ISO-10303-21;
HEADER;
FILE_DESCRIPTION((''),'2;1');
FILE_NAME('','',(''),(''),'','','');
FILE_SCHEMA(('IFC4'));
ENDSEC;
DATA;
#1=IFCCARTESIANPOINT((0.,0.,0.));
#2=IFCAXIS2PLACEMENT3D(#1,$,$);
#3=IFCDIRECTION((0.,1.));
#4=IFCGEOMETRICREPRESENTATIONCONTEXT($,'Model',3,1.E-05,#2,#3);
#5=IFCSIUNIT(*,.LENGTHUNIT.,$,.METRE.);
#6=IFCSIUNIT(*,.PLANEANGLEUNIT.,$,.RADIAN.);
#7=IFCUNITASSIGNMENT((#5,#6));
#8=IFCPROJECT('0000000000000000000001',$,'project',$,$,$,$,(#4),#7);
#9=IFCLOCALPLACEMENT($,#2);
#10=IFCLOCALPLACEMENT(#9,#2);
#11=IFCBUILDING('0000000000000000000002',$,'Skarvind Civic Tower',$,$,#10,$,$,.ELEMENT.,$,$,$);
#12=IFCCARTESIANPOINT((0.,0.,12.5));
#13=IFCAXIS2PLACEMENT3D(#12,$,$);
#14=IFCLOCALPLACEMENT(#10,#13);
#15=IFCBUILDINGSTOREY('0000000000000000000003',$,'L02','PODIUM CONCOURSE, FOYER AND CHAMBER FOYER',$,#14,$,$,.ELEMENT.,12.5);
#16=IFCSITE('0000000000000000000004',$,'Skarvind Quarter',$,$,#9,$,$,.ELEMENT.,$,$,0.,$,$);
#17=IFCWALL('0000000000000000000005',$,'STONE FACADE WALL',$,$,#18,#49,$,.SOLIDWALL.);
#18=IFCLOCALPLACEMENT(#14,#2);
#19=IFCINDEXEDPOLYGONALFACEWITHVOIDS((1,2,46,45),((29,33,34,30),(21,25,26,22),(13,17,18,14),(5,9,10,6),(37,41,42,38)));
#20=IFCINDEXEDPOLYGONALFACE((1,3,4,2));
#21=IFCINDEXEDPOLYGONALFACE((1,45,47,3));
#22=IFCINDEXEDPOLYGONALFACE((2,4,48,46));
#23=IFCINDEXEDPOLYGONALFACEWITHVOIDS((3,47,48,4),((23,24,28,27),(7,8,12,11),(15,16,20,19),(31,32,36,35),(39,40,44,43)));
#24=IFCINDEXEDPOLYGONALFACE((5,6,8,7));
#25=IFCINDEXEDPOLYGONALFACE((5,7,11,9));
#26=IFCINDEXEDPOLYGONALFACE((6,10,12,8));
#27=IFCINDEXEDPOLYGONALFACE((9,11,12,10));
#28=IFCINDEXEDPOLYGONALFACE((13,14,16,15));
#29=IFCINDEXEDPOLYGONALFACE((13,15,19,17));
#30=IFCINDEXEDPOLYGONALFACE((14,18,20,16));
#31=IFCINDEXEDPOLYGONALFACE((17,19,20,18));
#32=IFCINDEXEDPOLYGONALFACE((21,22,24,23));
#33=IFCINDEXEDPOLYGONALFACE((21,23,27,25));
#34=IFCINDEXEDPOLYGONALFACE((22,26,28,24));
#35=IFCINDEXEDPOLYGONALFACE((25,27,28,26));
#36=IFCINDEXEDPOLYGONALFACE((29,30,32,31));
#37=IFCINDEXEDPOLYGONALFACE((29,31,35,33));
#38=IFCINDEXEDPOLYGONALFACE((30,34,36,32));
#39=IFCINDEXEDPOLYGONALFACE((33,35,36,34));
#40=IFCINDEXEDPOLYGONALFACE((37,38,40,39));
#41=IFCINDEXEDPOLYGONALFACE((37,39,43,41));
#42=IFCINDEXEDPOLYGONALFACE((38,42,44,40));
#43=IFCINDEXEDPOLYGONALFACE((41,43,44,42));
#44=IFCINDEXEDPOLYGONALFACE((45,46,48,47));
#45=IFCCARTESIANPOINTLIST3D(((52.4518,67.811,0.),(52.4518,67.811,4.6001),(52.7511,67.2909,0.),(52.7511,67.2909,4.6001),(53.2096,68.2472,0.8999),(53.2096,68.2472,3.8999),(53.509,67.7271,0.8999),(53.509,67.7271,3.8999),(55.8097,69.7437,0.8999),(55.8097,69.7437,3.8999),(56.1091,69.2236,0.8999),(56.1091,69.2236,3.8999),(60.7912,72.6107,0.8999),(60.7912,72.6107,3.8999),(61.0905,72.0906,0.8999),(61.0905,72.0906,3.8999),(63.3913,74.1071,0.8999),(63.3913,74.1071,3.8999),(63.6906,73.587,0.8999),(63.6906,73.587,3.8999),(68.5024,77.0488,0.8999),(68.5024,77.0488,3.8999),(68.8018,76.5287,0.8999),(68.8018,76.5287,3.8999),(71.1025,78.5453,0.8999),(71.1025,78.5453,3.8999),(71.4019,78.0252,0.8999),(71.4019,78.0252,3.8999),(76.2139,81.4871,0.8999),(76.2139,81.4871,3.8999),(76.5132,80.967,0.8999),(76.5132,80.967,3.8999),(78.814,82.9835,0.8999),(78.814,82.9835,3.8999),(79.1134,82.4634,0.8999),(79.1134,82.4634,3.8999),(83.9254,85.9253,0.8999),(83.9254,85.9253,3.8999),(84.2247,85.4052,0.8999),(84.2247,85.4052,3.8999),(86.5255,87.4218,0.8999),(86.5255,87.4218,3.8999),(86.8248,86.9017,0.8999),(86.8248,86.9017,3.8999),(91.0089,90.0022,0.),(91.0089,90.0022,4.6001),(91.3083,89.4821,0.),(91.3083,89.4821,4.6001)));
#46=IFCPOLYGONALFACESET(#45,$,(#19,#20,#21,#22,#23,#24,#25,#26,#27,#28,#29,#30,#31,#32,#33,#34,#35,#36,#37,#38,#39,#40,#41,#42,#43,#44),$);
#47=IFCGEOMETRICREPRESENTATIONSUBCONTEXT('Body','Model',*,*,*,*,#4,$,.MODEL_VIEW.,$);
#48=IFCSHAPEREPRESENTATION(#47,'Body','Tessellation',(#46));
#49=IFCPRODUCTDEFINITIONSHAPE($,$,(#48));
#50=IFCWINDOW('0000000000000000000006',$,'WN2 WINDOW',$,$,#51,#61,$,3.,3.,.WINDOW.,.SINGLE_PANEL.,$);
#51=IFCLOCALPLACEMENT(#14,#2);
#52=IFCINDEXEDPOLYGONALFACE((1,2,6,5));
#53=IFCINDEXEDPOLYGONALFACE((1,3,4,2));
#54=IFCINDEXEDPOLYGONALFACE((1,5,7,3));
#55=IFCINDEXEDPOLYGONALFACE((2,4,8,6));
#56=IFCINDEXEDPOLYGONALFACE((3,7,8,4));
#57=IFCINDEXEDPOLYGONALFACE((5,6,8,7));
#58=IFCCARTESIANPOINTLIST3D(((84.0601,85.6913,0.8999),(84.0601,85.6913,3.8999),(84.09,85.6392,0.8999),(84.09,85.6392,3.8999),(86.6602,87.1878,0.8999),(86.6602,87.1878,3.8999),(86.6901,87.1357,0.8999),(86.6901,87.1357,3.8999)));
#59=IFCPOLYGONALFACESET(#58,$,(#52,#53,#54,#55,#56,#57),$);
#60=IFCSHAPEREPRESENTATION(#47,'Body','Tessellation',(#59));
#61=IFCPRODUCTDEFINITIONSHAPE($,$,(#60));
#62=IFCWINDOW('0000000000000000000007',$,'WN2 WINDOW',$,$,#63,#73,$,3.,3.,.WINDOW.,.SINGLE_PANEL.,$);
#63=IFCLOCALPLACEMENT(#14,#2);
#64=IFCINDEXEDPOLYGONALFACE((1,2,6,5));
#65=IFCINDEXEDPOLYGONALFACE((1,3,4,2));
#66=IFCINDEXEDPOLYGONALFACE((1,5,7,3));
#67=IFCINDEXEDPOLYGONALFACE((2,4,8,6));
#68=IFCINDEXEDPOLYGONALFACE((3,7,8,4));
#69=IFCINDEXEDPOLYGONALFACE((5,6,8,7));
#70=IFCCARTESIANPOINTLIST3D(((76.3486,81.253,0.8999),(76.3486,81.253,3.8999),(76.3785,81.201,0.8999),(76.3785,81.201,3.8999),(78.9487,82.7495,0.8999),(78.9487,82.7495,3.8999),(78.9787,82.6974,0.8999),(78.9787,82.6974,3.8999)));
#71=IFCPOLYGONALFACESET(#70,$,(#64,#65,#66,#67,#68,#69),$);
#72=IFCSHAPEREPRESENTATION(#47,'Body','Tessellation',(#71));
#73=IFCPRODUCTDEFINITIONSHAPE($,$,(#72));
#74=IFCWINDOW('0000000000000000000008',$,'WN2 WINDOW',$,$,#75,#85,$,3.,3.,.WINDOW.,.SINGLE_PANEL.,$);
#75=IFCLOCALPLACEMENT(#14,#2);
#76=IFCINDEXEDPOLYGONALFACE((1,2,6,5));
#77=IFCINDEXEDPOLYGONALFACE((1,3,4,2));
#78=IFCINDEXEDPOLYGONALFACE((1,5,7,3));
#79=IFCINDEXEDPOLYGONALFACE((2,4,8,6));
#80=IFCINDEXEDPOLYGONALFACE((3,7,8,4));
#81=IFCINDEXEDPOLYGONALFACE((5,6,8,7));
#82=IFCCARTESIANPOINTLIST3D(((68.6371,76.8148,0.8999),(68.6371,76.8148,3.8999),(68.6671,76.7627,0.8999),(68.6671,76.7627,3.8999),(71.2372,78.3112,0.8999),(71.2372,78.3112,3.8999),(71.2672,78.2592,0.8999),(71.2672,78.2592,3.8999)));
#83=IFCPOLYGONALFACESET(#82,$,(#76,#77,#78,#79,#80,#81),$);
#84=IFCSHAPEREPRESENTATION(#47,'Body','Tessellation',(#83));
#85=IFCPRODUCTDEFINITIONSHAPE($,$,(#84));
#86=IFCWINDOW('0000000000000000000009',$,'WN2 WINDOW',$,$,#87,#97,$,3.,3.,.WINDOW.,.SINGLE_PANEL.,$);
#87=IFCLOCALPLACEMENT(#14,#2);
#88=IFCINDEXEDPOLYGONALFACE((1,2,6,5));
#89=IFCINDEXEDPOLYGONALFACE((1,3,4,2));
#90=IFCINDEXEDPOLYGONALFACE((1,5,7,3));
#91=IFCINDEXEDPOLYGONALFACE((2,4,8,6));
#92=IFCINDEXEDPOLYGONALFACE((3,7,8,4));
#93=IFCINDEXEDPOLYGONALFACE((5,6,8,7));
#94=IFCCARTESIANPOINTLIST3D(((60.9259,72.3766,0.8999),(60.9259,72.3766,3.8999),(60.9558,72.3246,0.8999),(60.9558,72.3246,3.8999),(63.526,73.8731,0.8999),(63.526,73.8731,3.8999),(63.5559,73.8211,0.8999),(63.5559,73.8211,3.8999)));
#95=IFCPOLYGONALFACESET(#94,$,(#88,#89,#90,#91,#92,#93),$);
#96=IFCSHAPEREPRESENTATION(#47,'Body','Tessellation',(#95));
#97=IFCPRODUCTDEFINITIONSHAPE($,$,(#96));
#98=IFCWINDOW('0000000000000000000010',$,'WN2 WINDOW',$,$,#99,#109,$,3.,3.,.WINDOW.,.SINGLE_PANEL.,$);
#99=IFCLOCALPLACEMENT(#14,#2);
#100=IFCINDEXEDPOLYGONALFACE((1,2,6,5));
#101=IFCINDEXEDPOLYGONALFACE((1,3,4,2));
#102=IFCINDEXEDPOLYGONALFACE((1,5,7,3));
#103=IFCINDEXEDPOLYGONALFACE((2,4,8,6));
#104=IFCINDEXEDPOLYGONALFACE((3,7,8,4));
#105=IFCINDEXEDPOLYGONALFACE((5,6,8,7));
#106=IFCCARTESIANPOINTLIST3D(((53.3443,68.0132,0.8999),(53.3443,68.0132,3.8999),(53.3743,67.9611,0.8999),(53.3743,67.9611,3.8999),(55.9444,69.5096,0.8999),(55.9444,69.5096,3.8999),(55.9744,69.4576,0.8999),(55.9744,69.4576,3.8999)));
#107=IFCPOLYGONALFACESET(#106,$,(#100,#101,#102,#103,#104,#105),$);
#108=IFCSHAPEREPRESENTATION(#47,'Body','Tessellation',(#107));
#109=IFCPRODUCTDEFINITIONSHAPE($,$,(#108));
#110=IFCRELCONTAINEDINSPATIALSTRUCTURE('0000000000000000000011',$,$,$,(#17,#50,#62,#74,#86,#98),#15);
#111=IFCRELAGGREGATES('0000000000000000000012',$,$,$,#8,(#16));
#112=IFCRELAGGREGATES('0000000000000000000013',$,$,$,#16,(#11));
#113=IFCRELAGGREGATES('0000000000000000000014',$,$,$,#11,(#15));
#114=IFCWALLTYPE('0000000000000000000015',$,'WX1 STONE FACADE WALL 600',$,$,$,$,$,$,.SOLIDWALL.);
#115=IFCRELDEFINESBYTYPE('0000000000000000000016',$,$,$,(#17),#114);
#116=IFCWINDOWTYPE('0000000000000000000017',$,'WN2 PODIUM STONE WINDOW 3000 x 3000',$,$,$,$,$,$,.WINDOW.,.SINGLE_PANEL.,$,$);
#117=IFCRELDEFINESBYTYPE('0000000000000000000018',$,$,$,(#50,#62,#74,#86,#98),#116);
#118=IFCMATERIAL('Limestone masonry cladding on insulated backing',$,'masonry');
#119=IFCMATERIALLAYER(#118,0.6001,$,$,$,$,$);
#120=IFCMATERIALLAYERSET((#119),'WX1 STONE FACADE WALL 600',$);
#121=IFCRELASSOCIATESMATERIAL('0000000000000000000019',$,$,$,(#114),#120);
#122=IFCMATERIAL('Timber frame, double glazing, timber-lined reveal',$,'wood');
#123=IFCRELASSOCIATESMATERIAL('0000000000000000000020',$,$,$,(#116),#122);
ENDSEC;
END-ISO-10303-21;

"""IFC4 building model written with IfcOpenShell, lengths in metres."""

from ifc_helpers import new_model, si_unit, direction, frame, frame_2d, origin, place, context, subcontext, project, spatial, rectangle, extrude, material, layer, layer_set, type_object, element, fill, save


model = new_model("IFC4")

# Units and contexts
model_context = context("Model", 3, precision=1e-05, world=origin(), true_north=direction((0.0, 1.0)))
body_context = subcontext(model_context, "Body", "Model", "MODEL_VIEW")
ifc_project = project(units=[si_unit("LENGTHUNIT", "METRE"), si_unit("PLANEANGLEUNIT", "RADIAN")], contexts=[model_context])

# Site, building, storey
site_placement = place(None, origin())
site = spatial("IfcSite", under=ifc_project, at=site_placement, Name="Skarvind Quarter", CompositionType="ELEMENT", RefElevation=0.0)
building_placement = place(site_placement, origin())
building = spatial("IfcBuilding", under=site, at=building_placement, Name="Skarvind Civic Tower", CompositionType="ELEMENT")
storey_placement = place(building_placement, frame((0.0, 0.0, 12.5)))
storey = spatial("IfcBuildingStorey", under=building, at=storey_placement, Name="L02", Description="PODIUM CONCOURSE, FOYER AND CHAMBER FOYER", CompositionType="ELEMENT", Elevation=12.5)

# Wall, openings, windows
ifc_material_1 = material(Name="Limestone masonry cladding on insulated backing", Category="masonry")
ifc_layer_1 = layer(ifc_material_1, 0.6001)
ifc_layer_set_1 = layer_set([ifc_layer_1], Name="WX1 STONE FACADE WALL 600")
wall_type_1 = type_object("IfcWallType", Name="WX1 STONE FACADE WALL 600", PredefinedType="SOLIDWALL", material=ifc_layer_set_1)
wall_1_placement = place(storey_placement, frame((91.1587, 89.7422, 0.0), z_axis=(0.0, 0.0, 1.0), x_axis=(-0.866704, -0.498823, 0.0)))
wall_1 = element("IfcWall", 1, at=wall_1_placement, inside=storey, type_object=wall_type_1, Name="STONE FACADE WALL", PredefinedType="SOLIDWALL", context=body_context, shape_type="SweptSolid", body=[
    extrude(rectangle(XDim=44.4871, YDim=0.6001, at=frame_2d((22.2437, 0.0))), origin(), (0.0, 0.0, 1.0), 4.6001),
])
opening_1_placement = place(wall_1_placement, frame((5.1731, 0.0, 0.8999)))
opening_1 = element("IfcOpeningElement", 2, at=opening_1_placement, cuts=wall_1, PredefinedType="OPENING", context=body_context, shape_type="SweptSolid", body=[
    extrude(rectangle(XDim=3.0, YDim=3.0, at=frame_2d((1.5, 1.5))), frame((0.0, 0.3101, 0.0), z_axis=(0.0, -1.0, 0.0), x_axis=(1.0, 0.0, 0.0)), (0.0, 0.0, 1.0), 0.6201),
])
opening_2_placement = place(wall_1_placement, frame((14.0706, 0.0, 0.8999)))
opening_2 = element("IfcOpeningElement", 3, at=opening_2_placement, cuts=wall_1, PredefinedType="OPENING", context=body_context, shape_type="SweptSolid", body=[
    extrude(rectangle(XDim=3.0, YDim=3.0, at=frame_2d((1.5, 1.5))), frame((0.0, 0.3101, 0.0), z_axis=(0.0, -1.0, 0.0), x_axis=(1.0, 0.0, 0.0)), (0.0, 0.0, 1.0), 0.6201),
])
opening_3_placement = place(wall_1_placement, frame((22.968, 0.0, 0.8999)))
opening_3 = element("IfcOpeningElement", 4, at=opening_3_placement, cuts=wall_1, PredefinedType="OPENING", context=body_context, shape_type="SweptSolid", body=[
    extrude(rectangle(XDim=3.0, YDim=3.0, at=frame_2d((1.5, 1.5))), frame((0.0, 0.3101, 0.0), z_axis=(0.0, -1.0, 0.0), x_axis=(1.0, 0.0, 0.0)), (0.0, 0.0, 1.0), 0.6201),
])
opening_4_placement = place(wall_1_placement, frame((31.8652, 0.0, 0.8999)))
opening_4 = element("IfcOpeningElement", 5, at=opening_4_placement, cuts=wall_1, PredefinedType="OPENING", context=body_context, shape_type="SweptSolid", body=[
    extrude(rectangle(XDim=3.0, YDim=3.0, at=frame_2d((1.5, 1.5))), frame((0.0, 0.3101, 0.0), z_axis=(0.0, -1.0, 0.0), x_axis=(1.0, 0.0, 0.0)), (0.0, 0.0, 1.0), 0.6201),
])
opening_5_placement = place(wall_1_placement, frame((40.6128, 0.0, 0.8999)))
opening_5 = element("IfcOpeningElement", 6, at=opening_5_placement, cuts=wall_1, PredefinedType="OPENING", context=body_context, shape_type="SweptSolid", body=[
    extrude(rectangle(XDim=3.0, YDim=3.0, at=frame_2d((1.5, 1.5))), frame((0.0, 0.3101, 0.0), z_axis=(0.0, -1.0, 0.0), x_axis=(1.0, 0.0, 0.0)), (0.0, 0.0, 1.0), 0.6201),
])
ifc_material_2 = material(Name="Timber frame, double glazing, timber-lined reveal", Category="wood")
window_type = type_object("IfcWindowType", Name="WN2 PODIUM STONE WINDOW 3000 x 3000", PartitioningType="SINGLE_PANEL", PredefinedType="WINDOW", material=ifc_material_2)
window_1_placement = place(opening_1_placement, origin())
window_1 = element("IfcWindow", 7, at=window_1_placement, inside=storey, type_object=window_type, Name="WN2 WINDOW", OverallHeight=3.0, OverallWidth=3.0, PartitioningType="SINGLE_PANEL", PredefinedType="WINDOW", context=body_context, shape_type="SweptSolid", body=[
    extrude(rectangle(XDim=3.0, YDim=3.0, at=frame_2d((1.5, 1.5))), frame((0.0, 0.03, 0.0), z_axis=(0.0, -1.0, 0.0), x_axis=(1.0, 0.0, 0.0)), (0.0, 0.0, 1.0), 0.0601),
])
fill(opening_1, window_1)
window_2_placement = place(opening_2_placement, origin())
window_2 = element("IfcWindow", 8, at=window_2_placement, inside=storey, type_object=window_type, Name="WN2 WINDOW", OverallHeight=3.0, OverallWidth=3.0, PartitioningType="SINGLE_PANEL", PredefinedType="WINDOW", context=body_context, shape_type="SweptSolid", body=[
    extrude(rectangle(XDim=3.0, YDim=3.0, at=frame_2d((1.5, 1.5))), frame((0.0, 0.03, 0.0), z_axis=(0.0, -1.0, 0.0), x_axis=(1.0, 0.0, 0.0)), (0.0, 0.0, 1.0), 0.0601),
])
fill(opening_2, window_2)
window_3_placement = place(opening_3_placement, origin())
window_3 = element("IfcWindow", 9, at=window_3_placement, inside=storey, type_object=window_type, Name="WN2 WINDOW", OverallHeight=3.0, OverallWidth=3.0, PartitioningType="SINGLE_PANEL", PredefinedType="WINDOW", context=body_context, shape_type="SweptSolid", body=[
    extrude(rectangle(XDim=3.0, YDim=3.0, at=frame_2d((1.5, 1.5))), frame((0.0, 0.03, 0.0), z_axis=(0.0, -1.0, 0.0), x_axis=(1.0, 0.0, 0.0)), (0.0, 0.0, 1.0), 0.0601),
])
fill(opening_3, window_3)
window_4_placement = place(opening_4_placement, origin())
window_4 = element("IfcWindow", 10, at=window_4_placement, inside=storey, type_object=window_type, Name="WN2 WINDOW", OverallHeight=3.0, OverallWidth=3.0, PartitioningType="SINGLE_PANEL", PredefinedType="WINDOW", context=body_context, shape_type="SweptSolid", body=[
    extrude(rectangle(XDim=3.0, YDim=3.0, at=frame_2d((1.5, 1.5))), frame((0.0, 0.03, 0.0), z_axis=(0.0, -1.0, 0.0), x_axis=(1.0, 0.0, 0.0)), (0.0, 0.0, 1.0), 0.0601),
])
fill(opening_4, window_4)
window_5_placement = place(opening_5_placement, origin())
window_5 = element("IfcWindow", 11, at=window_5_placement, inside=storey, type_object=window_type, Name="WN2 WINDOW", OverallHeight=3.0, OverallWidth=3.0, PartitioningType="SINGLE_PANEL", PredefinedType="WINDOW", context=body_context, shape_type="SweptSolid", body=[
    extrude(rectangle(XDim=3.0, YDim=3.0, at=frame_2d((1.5, 1.5))), frame((0.0, 0.03, 0.0), z_axis=(0.0, -1.0, 0.0), x_axis=(1.0, 0.0, 0.0)), (0.0, 0.0, 1.0), 0.0601),
])
fill(opening_5, window_5)

save(model, "model.ifc")
